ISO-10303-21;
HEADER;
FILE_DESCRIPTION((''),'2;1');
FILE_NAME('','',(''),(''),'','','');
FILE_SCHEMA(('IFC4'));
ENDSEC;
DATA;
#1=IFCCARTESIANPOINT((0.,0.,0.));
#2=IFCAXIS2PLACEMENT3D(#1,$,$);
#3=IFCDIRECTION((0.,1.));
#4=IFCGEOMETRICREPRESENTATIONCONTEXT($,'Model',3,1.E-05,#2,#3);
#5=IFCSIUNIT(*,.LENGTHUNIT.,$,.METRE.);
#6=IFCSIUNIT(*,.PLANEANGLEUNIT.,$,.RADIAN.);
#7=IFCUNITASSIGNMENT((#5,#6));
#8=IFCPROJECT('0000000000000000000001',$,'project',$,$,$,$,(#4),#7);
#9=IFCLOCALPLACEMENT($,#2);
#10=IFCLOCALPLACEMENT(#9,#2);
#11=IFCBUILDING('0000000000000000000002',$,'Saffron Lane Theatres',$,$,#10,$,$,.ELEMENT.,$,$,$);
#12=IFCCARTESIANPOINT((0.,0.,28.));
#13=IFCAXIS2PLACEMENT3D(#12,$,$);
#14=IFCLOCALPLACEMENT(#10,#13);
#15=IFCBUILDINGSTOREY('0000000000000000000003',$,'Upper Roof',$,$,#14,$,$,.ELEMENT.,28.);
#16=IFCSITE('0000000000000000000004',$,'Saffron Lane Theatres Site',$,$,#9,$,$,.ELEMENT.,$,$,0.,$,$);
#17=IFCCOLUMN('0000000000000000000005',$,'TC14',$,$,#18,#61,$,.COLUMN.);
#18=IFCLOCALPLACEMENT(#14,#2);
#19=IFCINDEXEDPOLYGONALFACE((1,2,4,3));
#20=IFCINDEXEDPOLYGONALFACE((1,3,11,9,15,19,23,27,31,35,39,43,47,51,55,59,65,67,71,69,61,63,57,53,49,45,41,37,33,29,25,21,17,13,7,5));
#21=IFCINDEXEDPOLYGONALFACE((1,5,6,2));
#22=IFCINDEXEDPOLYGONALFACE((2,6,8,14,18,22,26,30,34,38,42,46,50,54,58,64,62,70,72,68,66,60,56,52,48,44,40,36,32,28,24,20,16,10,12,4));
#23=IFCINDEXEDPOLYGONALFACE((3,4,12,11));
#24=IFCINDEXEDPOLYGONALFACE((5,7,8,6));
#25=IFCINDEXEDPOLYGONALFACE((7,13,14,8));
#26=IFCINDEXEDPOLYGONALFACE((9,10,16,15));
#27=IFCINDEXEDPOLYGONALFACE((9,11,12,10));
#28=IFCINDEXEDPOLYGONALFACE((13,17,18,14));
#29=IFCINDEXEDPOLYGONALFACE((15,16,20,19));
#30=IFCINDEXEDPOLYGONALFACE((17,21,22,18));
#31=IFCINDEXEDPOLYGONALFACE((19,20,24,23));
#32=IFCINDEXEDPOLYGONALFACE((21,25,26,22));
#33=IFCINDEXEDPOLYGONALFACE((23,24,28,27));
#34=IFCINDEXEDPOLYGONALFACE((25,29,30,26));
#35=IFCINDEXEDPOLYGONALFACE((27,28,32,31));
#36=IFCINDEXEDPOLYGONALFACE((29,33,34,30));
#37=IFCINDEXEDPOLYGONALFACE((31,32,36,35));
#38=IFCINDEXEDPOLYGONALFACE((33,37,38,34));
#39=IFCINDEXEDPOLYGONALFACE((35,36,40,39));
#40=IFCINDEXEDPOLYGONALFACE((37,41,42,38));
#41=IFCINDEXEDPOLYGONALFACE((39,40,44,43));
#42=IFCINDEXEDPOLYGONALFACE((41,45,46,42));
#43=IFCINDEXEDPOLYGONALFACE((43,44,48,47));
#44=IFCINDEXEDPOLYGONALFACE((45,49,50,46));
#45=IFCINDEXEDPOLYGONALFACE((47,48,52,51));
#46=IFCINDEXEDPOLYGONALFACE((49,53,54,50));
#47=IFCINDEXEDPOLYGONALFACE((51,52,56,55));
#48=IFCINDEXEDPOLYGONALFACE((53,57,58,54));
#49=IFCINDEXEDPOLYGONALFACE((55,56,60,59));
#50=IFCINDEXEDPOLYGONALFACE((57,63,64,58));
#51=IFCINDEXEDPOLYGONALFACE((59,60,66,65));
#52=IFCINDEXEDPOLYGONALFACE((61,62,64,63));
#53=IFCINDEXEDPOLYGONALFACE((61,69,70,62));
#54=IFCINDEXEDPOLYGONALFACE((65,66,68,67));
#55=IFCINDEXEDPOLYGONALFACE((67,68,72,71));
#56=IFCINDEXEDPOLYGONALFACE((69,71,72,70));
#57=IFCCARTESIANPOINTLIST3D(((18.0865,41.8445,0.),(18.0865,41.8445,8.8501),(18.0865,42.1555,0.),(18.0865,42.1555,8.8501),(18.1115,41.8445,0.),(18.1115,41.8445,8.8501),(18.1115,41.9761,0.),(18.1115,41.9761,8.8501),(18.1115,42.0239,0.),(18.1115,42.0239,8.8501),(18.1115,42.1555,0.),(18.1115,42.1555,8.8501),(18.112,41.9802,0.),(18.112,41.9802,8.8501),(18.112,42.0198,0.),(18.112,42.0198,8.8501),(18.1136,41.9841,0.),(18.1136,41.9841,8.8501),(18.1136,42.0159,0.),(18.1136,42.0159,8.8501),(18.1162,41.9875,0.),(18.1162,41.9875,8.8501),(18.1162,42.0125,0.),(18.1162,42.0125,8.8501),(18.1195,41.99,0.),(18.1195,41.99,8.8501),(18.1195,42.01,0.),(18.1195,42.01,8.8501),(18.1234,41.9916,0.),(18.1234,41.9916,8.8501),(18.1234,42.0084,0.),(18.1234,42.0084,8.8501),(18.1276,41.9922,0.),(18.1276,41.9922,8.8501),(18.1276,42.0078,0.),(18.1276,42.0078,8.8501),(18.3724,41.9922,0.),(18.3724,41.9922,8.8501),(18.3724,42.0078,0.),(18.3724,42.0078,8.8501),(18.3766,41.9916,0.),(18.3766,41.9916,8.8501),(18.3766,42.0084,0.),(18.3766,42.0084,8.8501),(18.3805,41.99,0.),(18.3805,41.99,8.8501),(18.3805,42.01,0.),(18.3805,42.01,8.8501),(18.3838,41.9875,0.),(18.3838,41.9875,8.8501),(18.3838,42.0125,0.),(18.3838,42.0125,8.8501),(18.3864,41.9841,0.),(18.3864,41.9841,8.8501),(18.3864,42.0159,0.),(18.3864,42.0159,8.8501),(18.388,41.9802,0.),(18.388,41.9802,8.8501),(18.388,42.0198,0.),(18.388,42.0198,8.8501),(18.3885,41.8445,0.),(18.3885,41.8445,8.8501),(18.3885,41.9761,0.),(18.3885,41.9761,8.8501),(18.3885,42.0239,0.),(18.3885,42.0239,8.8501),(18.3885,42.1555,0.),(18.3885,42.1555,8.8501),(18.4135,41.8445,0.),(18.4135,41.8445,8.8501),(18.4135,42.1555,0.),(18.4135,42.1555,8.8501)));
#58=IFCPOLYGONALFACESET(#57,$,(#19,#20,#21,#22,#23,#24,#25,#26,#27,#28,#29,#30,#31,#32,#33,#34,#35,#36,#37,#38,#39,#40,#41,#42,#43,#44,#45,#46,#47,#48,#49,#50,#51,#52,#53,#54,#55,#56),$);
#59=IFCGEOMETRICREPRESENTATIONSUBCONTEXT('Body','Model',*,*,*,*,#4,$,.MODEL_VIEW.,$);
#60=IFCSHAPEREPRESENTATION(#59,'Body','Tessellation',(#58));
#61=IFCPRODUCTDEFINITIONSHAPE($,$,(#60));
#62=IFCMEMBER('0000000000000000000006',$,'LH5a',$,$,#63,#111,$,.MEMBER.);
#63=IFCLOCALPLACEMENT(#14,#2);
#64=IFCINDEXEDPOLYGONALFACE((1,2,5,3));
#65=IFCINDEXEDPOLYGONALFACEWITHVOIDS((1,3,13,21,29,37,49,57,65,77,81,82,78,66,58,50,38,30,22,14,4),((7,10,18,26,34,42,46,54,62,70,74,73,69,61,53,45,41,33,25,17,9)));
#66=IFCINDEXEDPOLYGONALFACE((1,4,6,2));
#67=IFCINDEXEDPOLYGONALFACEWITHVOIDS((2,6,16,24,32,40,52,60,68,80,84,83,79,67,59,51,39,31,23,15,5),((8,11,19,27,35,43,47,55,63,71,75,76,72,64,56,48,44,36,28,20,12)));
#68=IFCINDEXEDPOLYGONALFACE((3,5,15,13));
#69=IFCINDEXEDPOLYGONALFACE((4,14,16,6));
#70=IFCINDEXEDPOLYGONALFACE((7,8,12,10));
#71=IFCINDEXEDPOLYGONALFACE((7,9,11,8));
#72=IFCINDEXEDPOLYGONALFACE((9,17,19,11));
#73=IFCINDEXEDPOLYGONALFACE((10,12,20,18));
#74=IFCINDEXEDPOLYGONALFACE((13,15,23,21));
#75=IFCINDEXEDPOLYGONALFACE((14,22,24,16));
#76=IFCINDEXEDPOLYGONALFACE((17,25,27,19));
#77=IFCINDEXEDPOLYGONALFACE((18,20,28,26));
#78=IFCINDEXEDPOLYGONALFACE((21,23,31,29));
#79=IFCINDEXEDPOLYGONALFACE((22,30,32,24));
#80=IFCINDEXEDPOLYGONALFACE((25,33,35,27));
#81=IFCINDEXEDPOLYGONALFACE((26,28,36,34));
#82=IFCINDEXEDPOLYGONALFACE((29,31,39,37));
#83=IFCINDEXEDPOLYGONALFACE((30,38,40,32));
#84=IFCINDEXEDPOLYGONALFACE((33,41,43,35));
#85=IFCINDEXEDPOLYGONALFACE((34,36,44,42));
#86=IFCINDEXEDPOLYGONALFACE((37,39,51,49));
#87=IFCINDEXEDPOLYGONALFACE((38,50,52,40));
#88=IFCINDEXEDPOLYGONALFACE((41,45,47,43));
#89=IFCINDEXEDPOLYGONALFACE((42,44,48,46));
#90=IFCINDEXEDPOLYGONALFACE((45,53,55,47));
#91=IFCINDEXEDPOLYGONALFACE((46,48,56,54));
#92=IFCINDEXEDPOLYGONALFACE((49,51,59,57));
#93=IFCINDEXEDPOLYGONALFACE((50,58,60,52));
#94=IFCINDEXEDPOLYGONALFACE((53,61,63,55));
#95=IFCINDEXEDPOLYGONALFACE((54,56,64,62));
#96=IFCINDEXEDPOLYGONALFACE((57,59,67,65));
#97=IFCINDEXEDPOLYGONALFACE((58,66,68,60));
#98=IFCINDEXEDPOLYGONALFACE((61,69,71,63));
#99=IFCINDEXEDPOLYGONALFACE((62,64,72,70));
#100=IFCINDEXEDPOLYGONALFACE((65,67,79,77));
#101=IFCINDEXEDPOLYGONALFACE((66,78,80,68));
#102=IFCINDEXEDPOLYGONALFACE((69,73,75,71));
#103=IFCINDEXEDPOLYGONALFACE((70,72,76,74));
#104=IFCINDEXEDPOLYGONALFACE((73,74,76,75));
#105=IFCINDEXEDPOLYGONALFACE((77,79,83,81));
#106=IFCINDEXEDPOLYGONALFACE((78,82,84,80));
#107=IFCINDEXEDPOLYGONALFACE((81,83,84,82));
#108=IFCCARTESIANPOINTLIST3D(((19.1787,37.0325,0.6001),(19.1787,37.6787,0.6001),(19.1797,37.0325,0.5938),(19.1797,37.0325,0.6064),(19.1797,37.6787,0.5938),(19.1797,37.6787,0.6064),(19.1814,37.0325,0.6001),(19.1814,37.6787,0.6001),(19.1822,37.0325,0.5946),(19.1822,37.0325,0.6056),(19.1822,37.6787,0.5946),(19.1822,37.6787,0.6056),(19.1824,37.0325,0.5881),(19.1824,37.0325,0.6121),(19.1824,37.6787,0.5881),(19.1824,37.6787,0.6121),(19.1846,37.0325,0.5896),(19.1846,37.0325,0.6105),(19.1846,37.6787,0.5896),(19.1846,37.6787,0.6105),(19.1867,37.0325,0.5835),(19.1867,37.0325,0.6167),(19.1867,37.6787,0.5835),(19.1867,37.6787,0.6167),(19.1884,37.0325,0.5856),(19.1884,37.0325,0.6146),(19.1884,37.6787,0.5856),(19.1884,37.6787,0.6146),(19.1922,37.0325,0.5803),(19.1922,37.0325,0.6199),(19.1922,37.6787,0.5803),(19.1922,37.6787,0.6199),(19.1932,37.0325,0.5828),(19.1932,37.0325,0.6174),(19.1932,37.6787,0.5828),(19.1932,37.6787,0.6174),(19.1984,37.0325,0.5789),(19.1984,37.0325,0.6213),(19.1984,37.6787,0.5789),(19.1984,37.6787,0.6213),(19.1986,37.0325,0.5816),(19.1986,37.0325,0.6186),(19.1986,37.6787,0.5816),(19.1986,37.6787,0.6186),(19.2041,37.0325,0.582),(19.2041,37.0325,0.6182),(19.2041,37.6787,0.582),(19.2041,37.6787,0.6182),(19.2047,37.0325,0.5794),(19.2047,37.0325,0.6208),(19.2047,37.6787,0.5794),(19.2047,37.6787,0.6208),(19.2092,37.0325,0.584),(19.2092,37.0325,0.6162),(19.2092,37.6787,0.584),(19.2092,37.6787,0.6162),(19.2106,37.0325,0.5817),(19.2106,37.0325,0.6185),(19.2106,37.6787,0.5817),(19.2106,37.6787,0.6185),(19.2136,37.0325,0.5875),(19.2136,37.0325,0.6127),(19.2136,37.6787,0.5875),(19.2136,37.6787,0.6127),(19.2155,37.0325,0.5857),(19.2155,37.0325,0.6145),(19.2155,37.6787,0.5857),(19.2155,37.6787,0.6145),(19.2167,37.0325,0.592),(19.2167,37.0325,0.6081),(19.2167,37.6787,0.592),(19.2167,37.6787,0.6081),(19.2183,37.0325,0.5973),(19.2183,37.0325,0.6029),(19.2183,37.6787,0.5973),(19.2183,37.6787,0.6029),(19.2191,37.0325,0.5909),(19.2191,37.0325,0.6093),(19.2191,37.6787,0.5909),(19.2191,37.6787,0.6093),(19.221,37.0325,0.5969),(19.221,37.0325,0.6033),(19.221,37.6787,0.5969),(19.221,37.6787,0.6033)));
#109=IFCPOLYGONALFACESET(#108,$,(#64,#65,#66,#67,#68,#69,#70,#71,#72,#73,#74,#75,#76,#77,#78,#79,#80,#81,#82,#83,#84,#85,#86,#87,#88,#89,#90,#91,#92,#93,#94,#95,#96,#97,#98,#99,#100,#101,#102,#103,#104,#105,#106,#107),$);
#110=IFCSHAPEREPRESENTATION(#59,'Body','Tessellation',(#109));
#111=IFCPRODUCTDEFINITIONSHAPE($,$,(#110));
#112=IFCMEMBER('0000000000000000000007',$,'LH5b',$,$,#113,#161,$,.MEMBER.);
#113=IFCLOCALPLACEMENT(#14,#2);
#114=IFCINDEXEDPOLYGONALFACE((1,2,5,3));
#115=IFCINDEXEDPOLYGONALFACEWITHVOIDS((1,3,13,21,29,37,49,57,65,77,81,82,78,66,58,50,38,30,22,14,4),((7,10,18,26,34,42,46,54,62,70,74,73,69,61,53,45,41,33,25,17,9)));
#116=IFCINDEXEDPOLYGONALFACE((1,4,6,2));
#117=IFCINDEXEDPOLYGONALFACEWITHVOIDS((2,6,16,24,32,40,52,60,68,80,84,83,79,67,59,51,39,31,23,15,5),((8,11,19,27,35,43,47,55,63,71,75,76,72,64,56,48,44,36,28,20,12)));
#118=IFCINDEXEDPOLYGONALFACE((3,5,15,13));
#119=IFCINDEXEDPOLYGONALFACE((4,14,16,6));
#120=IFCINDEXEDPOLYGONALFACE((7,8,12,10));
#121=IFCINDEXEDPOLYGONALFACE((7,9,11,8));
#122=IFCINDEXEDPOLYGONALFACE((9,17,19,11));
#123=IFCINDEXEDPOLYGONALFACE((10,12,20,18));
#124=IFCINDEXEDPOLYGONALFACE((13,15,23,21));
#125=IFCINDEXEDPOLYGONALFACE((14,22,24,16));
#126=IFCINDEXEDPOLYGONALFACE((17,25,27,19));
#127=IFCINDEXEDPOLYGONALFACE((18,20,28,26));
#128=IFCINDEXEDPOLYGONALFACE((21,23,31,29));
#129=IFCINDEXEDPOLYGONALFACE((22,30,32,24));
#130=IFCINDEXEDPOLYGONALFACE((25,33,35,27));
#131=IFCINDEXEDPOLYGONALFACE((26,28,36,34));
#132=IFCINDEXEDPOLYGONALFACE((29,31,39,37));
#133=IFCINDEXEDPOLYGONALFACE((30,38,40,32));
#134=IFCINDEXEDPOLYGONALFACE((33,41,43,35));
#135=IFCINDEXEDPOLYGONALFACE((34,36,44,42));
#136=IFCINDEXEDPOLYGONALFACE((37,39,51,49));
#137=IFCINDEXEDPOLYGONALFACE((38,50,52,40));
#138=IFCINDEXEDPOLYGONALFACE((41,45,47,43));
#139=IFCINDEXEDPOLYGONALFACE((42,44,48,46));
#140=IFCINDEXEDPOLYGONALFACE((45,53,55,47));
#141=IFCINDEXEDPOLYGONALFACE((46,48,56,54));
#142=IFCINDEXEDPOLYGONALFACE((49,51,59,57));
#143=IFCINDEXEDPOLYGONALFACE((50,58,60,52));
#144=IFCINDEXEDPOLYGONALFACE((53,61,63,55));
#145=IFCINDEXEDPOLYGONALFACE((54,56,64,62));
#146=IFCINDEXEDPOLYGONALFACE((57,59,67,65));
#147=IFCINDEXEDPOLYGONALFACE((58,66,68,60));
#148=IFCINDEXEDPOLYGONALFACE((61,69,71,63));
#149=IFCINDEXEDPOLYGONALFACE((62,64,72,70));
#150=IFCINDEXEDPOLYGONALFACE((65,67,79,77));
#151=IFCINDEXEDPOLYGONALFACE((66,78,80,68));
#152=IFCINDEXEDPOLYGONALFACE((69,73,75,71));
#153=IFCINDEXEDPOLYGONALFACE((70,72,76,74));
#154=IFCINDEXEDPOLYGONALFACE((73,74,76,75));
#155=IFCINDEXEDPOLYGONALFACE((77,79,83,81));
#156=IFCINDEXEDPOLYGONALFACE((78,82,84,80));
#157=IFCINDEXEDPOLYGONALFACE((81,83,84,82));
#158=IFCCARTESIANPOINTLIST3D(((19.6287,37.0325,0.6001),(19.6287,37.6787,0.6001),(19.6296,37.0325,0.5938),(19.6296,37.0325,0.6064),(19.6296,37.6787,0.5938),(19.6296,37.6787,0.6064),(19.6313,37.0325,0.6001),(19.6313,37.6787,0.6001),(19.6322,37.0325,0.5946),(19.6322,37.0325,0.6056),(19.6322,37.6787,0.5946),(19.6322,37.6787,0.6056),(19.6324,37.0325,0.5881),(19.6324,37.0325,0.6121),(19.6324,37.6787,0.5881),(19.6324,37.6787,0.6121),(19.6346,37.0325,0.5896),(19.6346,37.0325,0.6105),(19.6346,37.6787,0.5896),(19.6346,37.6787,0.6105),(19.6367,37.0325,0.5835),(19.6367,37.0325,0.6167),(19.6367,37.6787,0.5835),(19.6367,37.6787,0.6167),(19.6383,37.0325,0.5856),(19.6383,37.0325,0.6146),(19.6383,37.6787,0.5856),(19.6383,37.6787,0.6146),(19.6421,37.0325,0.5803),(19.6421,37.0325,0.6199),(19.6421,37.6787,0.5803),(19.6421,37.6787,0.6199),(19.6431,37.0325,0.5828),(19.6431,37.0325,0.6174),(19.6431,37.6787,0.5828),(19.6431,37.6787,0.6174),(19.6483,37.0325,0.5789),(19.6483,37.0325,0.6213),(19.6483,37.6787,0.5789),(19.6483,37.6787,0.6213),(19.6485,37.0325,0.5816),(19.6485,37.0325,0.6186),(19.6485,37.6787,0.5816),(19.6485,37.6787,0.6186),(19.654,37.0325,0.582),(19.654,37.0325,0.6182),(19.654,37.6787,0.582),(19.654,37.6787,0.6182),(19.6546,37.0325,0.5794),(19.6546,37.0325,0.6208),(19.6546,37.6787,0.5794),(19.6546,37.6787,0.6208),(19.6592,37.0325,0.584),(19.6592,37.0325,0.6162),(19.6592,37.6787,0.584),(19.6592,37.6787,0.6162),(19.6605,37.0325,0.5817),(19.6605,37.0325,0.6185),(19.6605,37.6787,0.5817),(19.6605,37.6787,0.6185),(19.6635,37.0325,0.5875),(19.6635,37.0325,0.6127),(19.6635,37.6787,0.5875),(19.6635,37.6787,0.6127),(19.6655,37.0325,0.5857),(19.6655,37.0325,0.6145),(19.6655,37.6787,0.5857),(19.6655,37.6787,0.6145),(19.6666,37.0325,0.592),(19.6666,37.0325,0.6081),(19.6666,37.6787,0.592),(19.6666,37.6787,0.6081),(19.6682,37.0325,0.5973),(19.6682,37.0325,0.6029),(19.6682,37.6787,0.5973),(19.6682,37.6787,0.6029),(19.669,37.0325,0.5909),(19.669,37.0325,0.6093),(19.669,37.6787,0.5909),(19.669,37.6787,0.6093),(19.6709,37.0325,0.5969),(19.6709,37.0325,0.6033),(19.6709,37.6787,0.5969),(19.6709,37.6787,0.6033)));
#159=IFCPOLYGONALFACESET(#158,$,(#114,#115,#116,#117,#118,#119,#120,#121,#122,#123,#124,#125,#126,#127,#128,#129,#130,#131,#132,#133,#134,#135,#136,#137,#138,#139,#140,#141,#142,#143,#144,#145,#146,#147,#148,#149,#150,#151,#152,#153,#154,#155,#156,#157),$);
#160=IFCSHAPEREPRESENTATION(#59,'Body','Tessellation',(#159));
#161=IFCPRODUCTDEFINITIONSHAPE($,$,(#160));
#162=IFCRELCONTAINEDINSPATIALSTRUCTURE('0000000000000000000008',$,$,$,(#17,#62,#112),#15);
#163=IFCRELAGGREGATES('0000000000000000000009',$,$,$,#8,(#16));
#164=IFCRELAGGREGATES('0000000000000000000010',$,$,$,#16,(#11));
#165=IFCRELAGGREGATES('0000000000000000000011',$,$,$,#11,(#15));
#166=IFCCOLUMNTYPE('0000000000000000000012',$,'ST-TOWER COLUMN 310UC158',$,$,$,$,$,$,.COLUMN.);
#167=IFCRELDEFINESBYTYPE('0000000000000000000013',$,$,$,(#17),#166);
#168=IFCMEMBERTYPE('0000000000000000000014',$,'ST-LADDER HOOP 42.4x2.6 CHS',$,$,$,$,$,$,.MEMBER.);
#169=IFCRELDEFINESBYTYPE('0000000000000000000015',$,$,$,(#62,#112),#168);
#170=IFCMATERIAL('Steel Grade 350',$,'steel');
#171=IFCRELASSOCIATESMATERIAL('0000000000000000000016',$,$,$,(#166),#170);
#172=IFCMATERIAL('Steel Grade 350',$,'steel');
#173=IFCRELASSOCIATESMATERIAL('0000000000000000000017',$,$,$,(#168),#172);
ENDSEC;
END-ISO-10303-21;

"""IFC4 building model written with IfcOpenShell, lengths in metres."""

from ifc_helpers import new_model, si_unit, direction, frame, origin, origin_2d, place, context, subcontext, project, spatial, hollow_circle, i_section, extrude, material, material_profile, profile_set, type_object, element, save


model = new_model("IFC4")

# Units and contexts
model_context = context("Model", 3, precision=1e-05, world=origin(), true_north=direction((0.0, 1.0)))
body_context = subcontext(model_context, "Body", "Model", "MODEL_VIEW")
ifc_project = project(units=[si_unit("LENGTHUNIT", "METRE"), si_unit("PLANEANGLEUNIT", "RADIAN")], contexts=[model_context])

# Site, building, storey
site_placement = place(None, origin())
site = spatial("IfcSite", under=ifc_project, at=site_placement, Name="Saffron Lane Theatres Site", CompositionType="ELEMENT", RefElevation=0.0)
building_placement = place(site_placement, origin())
building = spatial("IfcBuilding", under=site, at=building_placement, Name="Saffron Lane Theatres", CompositionType="ELEMENT")
storey_placement = place(building_placement, frame((0.0, 0.0, 28.0)))
storey = spatial("IfcBuildingStorey", under=building, at=storey_placement, Name="Upper Roof", CompositionType="ELEMENT", Elevation=28.0)

# Column
ifc_material_1 = material(Name="Steel Grade 350", Category="steel")
ifc_material_profile_1 = material_profile(ifc_material_1, i_section(OverallWidth=0.311, OverallDepth=0.3269, WebThickness=0.0156, FlangeThickness=0.0249, FilletRadius=0.0161, at=origin_2d()))
ifc_profile_set_1 = profile_set([ifc_material_profile_1], Name="Steel Grade 350")
column_type = type_object("IfcColumnType", Name="ST-TOWER COLUMN 310UC158", PredefinedType="COLUMN", material=ifc_profile_set_1)
column_placement = place(storey_placement, frame((18.25, 42.0, 0.0), z_axis=(0.0, 0.0, 1.0), x_axis=(0.0, 1.0, 0.0)))
element("IfcColumn", 1, at=column_placement, inside=storey, type_object=column_type, Name="TC14", PredefinedType="COLUMN", context=body_context, shape_type="SweptSolid", body=[
    extrude(i_section(OverallWidth=0.311, OverallDepth=0.3269, WebThickness=0.0156, FlangeThickness=0.0249, FilletRadius=0.0161, at=origin_2d()), origin(), (0.0, 0.0, 1.0), 8.8501),
])

# Members
ifc_material_2 = material(Name="Steel Grade 350", Category="steel")
ifc_material_profile_2 = material_profile(ifc_material_2, hollow_circle(Radius=0.0212, WallThickness=0.0027, at=origin_2d()))
ifc_profile_set_2 = profile_set([ifc_material_profile_2], Name="Steel Grade 350")
member_type_1 = type_object("IfcMemberType", Name="ST-LADDER HOOP 42.4x2.6 CHS", PredefinedType="MEMBER", material=ifc_profile_set_2)
for number, where, z_axis, x_axis, name in (
    (2, (19.2, 37.0325, 0.6001), (0.0, 1.0, 0.0), (-1.0, 0.0, 0.0), "LH5a"),
    (3, (19.6499, 37.0325, 0.6001), (0.0, 1.0, 0.0), (-1.0, 0.0, 0.0), "LH5b"),
):
    element("IfcMember", number, at=place(storey_placement, frame(where, z_axis=z_axis, x_axis=x_axis)), inside=storey, type_object=member_type_1, Name=name, PredefinedType="MEMBER", context=body_context, shape_type="SweptSolid", body=[
        extrude(hollow_circle(Radius=0.0212, WallThickness=0.0027, at=origin_2d()), origin(), (0.0, 0.0, 1.0), 0.6462),
    ])

save(model, "model.ifc")
